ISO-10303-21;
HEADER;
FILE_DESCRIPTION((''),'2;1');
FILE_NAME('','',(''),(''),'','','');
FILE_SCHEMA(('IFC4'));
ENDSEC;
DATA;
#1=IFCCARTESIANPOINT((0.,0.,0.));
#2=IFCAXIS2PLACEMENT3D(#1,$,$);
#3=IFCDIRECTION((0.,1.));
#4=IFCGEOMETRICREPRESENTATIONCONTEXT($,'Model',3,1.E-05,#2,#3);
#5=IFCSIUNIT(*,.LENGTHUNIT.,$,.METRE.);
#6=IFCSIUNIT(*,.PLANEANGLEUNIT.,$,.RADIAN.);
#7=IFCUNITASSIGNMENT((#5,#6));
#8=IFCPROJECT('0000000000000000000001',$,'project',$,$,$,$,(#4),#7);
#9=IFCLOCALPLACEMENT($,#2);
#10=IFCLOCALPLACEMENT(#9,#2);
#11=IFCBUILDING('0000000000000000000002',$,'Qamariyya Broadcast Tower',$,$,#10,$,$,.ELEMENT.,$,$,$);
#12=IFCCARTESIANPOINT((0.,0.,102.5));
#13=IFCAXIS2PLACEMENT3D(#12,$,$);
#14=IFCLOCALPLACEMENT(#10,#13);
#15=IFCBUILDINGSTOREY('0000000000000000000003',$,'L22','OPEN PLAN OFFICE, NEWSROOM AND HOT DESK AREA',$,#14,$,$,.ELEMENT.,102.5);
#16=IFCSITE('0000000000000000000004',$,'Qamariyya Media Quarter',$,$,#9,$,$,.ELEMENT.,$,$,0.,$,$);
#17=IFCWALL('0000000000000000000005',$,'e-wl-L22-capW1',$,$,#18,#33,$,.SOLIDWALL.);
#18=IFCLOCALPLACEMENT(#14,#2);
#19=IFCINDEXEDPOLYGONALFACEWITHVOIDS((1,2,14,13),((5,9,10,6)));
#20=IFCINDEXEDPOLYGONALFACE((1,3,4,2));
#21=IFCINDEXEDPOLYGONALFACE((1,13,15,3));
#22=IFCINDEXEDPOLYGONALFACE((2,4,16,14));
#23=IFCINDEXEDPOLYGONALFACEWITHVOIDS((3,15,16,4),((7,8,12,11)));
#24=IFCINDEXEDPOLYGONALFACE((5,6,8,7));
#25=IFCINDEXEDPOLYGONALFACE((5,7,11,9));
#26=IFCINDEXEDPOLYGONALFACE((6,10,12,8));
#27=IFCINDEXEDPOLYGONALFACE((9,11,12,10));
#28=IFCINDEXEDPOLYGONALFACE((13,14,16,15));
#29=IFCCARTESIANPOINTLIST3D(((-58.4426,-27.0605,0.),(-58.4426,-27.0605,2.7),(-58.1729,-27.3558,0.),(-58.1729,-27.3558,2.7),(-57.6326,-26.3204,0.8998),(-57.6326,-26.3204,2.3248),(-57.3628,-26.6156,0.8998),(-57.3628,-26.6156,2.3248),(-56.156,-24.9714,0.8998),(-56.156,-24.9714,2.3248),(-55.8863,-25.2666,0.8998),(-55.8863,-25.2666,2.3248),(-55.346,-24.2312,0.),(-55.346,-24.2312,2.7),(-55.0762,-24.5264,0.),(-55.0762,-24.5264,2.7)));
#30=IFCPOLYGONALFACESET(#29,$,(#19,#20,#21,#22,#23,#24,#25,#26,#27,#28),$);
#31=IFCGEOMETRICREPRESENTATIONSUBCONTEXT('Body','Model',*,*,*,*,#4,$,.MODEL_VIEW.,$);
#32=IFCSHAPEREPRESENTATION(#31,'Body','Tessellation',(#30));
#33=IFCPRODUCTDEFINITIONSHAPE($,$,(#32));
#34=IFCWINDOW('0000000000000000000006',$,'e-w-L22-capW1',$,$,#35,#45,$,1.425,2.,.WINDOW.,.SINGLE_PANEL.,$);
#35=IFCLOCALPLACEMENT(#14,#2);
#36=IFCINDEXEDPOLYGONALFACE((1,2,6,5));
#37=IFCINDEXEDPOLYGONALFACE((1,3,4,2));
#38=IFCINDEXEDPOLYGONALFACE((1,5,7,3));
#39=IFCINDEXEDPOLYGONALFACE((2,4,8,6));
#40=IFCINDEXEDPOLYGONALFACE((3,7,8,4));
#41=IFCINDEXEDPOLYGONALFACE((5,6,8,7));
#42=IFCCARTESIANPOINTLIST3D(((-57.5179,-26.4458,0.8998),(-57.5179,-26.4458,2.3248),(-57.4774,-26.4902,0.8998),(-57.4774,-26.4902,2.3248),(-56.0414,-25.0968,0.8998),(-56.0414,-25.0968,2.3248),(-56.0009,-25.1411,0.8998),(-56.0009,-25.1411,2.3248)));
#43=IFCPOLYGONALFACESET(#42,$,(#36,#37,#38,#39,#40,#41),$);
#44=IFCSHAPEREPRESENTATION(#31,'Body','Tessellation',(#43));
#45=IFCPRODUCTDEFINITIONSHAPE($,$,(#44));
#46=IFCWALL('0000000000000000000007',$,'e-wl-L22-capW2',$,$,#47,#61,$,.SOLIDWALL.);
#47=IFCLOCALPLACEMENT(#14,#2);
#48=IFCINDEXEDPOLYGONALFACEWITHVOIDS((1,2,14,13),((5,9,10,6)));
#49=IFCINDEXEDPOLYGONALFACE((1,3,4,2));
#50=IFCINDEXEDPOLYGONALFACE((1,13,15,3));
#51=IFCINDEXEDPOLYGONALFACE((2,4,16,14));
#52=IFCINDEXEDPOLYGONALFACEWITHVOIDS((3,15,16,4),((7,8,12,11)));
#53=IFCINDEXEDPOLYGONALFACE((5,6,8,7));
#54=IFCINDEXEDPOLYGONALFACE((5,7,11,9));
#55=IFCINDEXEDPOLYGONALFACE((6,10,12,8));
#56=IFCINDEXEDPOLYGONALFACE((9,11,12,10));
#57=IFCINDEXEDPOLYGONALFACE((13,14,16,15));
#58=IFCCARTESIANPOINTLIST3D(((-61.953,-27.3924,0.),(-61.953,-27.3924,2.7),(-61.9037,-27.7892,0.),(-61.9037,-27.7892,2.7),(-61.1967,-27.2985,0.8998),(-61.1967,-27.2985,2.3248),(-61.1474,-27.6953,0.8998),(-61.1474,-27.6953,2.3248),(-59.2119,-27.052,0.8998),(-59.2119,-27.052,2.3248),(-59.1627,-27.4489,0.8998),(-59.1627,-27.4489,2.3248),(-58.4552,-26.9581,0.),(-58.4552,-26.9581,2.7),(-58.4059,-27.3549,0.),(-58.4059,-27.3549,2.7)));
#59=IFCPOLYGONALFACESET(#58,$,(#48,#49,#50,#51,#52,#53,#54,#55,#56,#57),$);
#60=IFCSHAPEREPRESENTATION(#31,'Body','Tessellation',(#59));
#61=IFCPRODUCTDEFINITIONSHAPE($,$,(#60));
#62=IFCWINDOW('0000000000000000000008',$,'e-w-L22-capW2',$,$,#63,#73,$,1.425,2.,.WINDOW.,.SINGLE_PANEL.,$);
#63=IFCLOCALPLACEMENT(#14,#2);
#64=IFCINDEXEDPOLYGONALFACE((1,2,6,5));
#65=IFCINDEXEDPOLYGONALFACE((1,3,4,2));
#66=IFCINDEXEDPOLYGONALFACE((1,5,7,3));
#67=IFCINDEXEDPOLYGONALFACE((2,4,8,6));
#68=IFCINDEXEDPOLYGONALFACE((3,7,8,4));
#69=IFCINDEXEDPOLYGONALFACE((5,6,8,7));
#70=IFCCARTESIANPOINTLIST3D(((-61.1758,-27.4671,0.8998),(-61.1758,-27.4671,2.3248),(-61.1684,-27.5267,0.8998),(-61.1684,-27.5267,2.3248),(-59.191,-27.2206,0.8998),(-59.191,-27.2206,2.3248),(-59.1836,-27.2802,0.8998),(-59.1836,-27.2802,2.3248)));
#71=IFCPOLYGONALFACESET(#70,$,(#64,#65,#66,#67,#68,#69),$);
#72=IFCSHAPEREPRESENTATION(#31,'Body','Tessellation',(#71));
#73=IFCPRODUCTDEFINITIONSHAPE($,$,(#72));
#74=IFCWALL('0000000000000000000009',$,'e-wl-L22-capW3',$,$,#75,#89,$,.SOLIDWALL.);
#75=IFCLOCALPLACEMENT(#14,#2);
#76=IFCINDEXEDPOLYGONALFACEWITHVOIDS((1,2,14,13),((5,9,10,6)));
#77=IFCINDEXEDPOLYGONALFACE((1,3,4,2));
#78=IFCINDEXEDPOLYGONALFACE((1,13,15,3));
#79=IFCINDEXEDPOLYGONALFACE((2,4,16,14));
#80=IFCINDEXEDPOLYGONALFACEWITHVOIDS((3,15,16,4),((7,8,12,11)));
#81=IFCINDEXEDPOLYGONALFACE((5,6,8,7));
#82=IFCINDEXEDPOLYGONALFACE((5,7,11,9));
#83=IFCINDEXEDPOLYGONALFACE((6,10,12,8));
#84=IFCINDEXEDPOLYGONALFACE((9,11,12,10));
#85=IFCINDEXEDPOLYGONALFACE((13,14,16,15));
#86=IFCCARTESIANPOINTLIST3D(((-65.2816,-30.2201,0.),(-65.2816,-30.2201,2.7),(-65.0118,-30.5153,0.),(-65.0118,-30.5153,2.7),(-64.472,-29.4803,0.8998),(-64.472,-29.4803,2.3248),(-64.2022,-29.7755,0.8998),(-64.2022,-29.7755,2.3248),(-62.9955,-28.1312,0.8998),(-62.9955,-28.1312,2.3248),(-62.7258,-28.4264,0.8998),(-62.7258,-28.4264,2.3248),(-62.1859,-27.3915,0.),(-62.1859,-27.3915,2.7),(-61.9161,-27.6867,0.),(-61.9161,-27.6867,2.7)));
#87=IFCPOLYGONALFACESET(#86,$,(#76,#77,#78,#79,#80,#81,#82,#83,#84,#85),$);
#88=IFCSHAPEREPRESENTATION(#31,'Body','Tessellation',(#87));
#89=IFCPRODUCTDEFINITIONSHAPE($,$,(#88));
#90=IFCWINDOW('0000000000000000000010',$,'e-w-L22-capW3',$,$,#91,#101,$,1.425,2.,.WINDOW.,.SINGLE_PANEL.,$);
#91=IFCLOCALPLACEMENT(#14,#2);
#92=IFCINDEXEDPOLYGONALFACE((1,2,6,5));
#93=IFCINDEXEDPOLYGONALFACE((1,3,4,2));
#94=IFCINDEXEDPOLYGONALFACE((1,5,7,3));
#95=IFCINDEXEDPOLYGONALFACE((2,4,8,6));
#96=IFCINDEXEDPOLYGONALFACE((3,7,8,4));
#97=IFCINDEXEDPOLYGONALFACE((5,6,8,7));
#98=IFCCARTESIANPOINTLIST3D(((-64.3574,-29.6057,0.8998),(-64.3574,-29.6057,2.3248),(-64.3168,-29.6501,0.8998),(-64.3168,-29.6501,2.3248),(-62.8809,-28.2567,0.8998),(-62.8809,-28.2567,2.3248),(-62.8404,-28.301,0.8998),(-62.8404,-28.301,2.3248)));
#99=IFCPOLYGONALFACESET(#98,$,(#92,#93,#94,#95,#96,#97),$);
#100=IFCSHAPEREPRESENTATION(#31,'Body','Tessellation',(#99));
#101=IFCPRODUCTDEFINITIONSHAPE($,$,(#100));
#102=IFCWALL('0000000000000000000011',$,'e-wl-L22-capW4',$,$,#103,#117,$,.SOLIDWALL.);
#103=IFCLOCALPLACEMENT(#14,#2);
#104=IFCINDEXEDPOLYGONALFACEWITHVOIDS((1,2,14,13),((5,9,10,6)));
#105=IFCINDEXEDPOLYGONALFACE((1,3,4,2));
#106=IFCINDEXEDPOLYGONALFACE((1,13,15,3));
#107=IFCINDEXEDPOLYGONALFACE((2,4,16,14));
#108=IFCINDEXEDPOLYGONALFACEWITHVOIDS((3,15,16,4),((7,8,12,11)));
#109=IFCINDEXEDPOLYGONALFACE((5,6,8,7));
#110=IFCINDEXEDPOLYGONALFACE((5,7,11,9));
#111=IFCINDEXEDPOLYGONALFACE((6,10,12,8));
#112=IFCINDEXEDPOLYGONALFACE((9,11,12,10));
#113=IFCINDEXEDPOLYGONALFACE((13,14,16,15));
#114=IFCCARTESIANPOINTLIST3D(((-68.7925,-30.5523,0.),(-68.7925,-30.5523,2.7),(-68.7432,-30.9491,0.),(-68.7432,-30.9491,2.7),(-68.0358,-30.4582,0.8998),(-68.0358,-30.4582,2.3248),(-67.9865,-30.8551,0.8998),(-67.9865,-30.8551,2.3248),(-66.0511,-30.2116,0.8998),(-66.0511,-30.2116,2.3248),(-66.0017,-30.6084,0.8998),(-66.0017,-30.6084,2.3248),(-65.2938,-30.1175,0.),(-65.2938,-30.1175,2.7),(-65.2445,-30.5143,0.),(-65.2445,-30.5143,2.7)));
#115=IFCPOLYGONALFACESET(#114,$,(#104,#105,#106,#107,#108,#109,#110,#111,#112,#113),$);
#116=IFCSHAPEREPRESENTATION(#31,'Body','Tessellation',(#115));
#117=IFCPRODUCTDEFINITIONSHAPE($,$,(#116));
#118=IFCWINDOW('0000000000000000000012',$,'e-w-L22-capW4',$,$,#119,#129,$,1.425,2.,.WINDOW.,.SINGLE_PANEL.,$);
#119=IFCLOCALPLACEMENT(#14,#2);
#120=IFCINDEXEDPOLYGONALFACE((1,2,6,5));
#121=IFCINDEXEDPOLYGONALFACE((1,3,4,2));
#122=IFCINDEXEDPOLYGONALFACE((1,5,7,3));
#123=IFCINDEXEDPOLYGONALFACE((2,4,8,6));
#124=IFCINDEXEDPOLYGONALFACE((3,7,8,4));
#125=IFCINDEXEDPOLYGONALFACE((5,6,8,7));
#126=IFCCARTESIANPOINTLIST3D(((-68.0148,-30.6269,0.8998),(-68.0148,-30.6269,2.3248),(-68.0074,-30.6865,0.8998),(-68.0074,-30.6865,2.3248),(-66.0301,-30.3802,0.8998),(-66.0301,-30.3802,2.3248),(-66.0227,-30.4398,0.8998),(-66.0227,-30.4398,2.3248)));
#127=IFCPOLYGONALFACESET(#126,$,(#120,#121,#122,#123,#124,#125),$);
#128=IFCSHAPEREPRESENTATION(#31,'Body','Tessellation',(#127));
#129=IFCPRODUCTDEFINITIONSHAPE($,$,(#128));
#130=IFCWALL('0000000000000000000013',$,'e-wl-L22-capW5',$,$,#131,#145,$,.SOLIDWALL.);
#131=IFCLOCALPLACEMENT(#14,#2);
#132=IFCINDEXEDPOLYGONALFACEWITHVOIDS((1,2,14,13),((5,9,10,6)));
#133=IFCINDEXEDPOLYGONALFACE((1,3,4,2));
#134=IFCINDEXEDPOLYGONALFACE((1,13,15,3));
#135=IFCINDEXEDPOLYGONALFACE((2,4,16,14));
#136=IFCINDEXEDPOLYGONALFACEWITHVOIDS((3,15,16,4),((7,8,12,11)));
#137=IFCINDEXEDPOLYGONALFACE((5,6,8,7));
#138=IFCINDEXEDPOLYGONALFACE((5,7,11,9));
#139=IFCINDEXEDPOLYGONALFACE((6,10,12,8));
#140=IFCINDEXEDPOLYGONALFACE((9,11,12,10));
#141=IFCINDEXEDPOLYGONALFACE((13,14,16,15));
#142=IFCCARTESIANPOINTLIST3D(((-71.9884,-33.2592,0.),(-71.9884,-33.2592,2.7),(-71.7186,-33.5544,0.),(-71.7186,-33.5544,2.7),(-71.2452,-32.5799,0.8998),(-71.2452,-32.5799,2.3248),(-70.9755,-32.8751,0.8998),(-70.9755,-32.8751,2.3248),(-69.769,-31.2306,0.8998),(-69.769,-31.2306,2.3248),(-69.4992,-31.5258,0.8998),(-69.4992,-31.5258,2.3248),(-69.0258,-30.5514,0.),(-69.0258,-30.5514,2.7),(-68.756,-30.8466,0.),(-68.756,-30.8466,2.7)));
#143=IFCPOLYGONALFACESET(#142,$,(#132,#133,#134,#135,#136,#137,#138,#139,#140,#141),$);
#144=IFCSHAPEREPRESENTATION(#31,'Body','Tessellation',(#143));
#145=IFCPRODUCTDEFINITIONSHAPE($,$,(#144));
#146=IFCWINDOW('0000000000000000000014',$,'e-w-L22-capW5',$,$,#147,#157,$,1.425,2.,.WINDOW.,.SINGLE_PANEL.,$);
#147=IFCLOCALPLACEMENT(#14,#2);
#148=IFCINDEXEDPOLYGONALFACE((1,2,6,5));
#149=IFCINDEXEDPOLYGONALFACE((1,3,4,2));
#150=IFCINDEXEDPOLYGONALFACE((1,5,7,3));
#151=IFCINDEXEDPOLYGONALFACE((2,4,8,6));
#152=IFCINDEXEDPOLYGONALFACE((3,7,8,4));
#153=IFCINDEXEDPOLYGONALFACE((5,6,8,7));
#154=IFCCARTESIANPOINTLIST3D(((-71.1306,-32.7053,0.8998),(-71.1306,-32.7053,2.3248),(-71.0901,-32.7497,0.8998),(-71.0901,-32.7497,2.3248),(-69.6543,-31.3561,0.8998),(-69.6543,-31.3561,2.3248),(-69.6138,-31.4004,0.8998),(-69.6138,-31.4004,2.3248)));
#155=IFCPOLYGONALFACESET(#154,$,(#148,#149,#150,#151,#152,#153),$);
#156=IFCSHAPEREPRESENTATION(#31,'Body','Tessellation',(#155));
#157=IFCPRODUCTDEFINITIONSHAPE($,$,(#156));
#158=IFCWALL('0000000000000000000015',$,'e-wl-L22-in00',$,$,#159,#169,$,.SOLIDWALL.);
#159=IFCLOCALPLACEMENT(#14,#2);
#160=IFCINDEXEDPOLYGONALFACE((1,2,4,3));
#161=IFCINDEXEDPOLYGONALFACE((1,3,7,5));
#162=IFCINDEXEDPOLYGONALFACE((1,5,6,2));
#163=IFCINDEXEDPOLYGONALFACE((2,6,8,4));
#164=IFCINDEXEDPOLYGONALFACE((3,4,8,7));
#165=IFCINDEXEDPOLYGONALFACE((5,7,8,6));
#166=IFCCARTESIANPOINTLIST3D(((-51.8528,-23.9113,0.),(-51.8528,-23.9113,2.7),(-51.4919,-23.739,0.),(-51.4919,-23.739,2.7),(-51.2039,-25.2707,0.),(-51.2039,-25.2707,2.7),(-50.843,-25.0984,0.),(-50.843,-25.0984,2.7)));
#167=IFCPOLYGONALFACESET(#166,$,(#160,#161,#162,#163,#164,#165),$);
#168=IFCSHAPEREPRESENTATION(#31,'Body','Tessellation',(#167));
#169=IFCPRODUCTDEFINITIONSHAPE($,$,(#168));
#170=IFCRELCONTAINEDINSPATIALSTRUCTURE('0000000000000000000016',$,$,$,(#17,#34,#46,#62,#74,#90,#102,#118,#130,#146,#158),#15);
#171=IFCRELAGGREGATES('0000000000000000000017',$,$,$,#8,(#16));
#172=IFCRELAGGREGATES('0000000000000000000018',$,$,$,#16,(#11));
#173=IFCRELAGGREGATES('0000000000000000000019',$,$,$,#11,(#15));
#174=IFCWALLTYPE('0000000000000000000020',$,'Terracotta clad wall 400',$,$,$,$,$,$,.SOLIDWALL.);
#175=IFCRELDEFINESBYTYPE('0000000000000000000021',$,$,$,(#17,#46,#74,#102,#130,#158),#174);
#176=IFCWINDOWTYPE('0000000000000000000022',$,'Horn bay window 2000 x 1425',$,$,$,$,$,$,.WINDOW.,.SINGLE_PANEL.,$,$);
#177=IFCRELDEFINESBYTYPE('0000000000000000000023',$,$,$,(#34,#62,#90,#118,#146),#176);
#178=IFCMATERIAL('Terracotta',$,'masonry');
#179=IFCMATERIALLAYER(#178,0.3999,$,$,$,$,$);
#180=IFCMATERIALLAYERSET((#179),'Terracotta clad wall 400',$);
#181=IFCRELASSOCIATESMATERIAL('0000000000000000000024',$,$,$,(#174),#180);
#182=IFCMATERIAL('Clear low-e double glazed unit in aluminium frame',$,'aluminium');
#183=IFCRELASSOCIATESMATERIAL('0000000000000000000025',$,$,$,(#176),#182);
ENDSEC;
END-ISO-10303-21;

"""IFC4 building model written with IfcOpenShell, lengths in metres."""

from ifc_helpers import new_model, si_unit, direction, frame, frame_2d, origin, place, context, subcontext, project, spatial, rectangle, extrude, material, layer, layer_set, type_object, element, fill, save


model = new_model("IFC4")

# Units and contexts
model_context = context("Model", 3, precision=1e-05, world=origin(), true_north=direction((0.0, 1.0)))
body_context = subcontext(model_context, "Body", "Model", "MODEL_VIEW")
ifc_project = project(units=[si_unit("LENGTHUNIT", "METRE"), si_unit("PLANEANGLEUNIT", "RADIAN")], contexts=[model_context])

# Site, building, storey
site_placement = place(None, origin())
site = spatial("IfcSite", under=ifc_project, at=site_placement, Name="Qamariyya Media Quarter", CompositionType="ELEMENT", RefElevation=0.0)
building_placement = place(site_placement, origin())
building = spatial("IfcBuilding", under=site, at=building_placement, Name="Qamariyya Broadcast Tower", CompositionType="ELEMENT")
storey_placement = place(building_placement, frame((0.0, 0.0, 102.5)))
storey = spatial("IfcBuildingStorey", under=building, at=storey_placement, Name="L22", Description="OPEN PLAN OFFICE, NEWSROOM AND HOT DESK AREA", CompositionType="ELEMENT", Elevation=102.5)

# Walls, openings, windows
ifc_material_1 = material(Name="Terracotta", Category="masonry")
ifc_layer = layer(ifc_material_1, 0.3999)
ifc_layer_set = layer_set([ifc_layer], Name="Terracotta clad wall 400")
wall_type = type_object("IfcWallType", Name="Terracotta clad wall 400", PredefinedType="SOLIDWALL", material=ifc_layer_set)
ifc_material_2 = material(Name="Clear low-e double glazed unit in aluminium frame", Category="aluminium")
window_type_1 = type_object("IfcWindowType", Name="Horn bay window 2000 x 1425", PartitioningType="SINGLE_PANEL", PredefinedType="WINDOW", material=ifc_material_2)
wall_1_placement = place(storey_placement, frame((-55.2112, -24.3789, 0.0), z_axis=(0.0, 0.0, 1.0), x_axis=(-0.738255, -0.674522, 0.0)))
wall_1 = element("IfcWall", 1, at=wall_1_placement, inside=storey, type_object=wall_type, Name="e-wl-L22-capW1", PredefinedType="SOLIDWALL", context=body_context, shape_type="SweptSolid", body=[
    extrude(rectangle(XDim=4.1946, YDim=0.3999, at=frame_2d((2.0972, 0.0))), origin(), (0.0, 0.0, 1.0), 2.7),
])
opening_1_placement = place(wall_1_placement, frame((1.0972, 0.0, 0.8999)))
opening_1 = element("IfcOpeningElement", 2, at=opening_1_placement, cuts=wall_1, PredefinedType="OPENING", context=body_context, shape_type="SweptSolid", body=[
    extrude(rectangle(XDim=2.0, YDim=1.425, at=frame_2d((1.0, 0.7124))), frame((0.0, 0.21, 0.0), z_axis=(0.0, -1.0, 0.0), x_axis=(1.0, 0.0, 0.0)), (0.0, 0.0, 1.0), 0.4199),
])
window_1_placement = place(opening_1_placement, origin())
window_1 = element("IfcWindow", 3, at=window_1_placement, inside=storey, type_object=window_type_1, Name="e-w-L22-capW1", OverallHeight=1.425, OverallWidth=2.0, PartitioningType="SINGLE_PANEL", PredefinedType="WINDOW", context=body_context, shape_type="SweptSolid", body=[
    extrude(rectangle(XDim=2.0, YDim=1.425, at=frame_2d((1.0, 0.7124))), frame((0.0, 0.03, 0.0), z_axis=(0.0, -1.0, 0.0), x_axis=(1.0, 0.0, 0.0)), (0.0, 0.0, 1.0), 0.0601),
])
fill(opening_1, window_1)
wall_2_placement = place(storey_placement, frame((-58.4307, -27.1565, 0.0), z_axis=(0.0, 0.0, 1.0), x_axis=(-0.992379, -0.123225, 0.0)))
wall_2 = element("IfcWall", 4, at=wall_2_placement, inside=storey, type_object=wall_type, Name="e-wl-L22-capW2", PredefinedType="SOLIDWALL", context=body_context, shape_type="SweptSolid", body=[
    extrude(rectangle(XDim=3.5247, YDim=0.3999, at=frame_2d((1.7622, 0.0))), origin(), (0.0, 0.0, 1.0), 2.7),
])
opening_2_placement = place(wall_2_placement, frame((0.7625, 0.0, 0.8999)))
opening_2 = element("IfcOpeningElement", 5, at=opening_2_placement, cuts=wall_2, PredefinedType="OPENING", context=body_context, shape_type="SweptSolid", body=[
    extrude(rectangle(XDim=2.0, YDim=1.425, at=frame_2d((1.0, 0.7124))), frame((0.0, 0.21, 0.0), z_axis=(0.0, -1.0, 0.0), x_axis=(1.0, 0.0, 0.0)), (0.0, 0.0, 1.0), 0.4199),
])
window_2_placement = place(opening_2_placement, origin())
window_2 = element("IfcWindow", 6, at=window_2_placement, inside=storey, type_object=window_type_1, Name="e-w-L22-capW2", OverallHeight=1.425, OverallWidth=2.0, PartitioningType="SINGLE_PANEL", PredefinedType="WINDOW", context=body_context, shape_type="SweptSolid", body=[
    extrude(rectangle(XDim=2.0, YDim=1.425, at=frame_2d((1.0, 0.7124))), frame((0.0, 0.03, 0.0), z_axis=(0.0, -1.0, 0.0), x_axis=(1.0, 0.0, 0.0)), (0.0, 0.0, 1.0), 0.0601),
])
fill(opening_2, window_2)
wall_3_placement = place(storey_placement, frame((-62.051, -27.5391, 0.0), z_axis=(0.0, 0.0, 1.0), x_axis=(-0.738236, -0.674543, 0.0)))
wall_3 = element("IfcWall", 7, at=wall_3_placement, inside=storey, type_object=wall_type, Name="e-wl-L22-capW3", PredefinedType="SOLIDWALL", context=body_context, shape_type="SweptSolid", body=[
    extrude(rectangle(XDim=4.1934, YDim=0.3999, at=frame_2d((2.0967, 0.0))), origin(), (0.0, 0.0, 1.0), 2.7),
])
opening_3_placement = place(wall_3_placement, frame((1.0967, 0.0, 0.8999)))
opening_3 = element("IfcOpeningElement", 8, at=opening_3_placement, cuts=wall_3, PredefinedType="OPENING", context=body_context, shape_type="SweptSolid", body=[
    extrude(rectangle(XDim=2.0, YDim=1.425, at=frame_2d((1.0, 0.7124))), frame((0.0, 0.21, 0.0), z_axis=(0.0, -1.0, 0.0), x_axis=(1.0, 0.0, 0.0)), (0.0, 0.0, 1.0), 0.4199),
])
window_3_placement = place(opening_3_placement, origin())
window_3 = element("IfcWindow", 9, at=window_3_placement, inside=storey, type_object=window_type_1, Name="e-w-L22-capW3", OverallHeight=1.425, OverallWidth=2.0, PartitioningType="SINGLE_PANEL", PredefinedType="WINDOW", context=body_context, shape_type="SweptSolid", body=[
    extrude(rectangle(XDim=2.0, YDim=1.425, at=frame_2d((1.0, 0.7124))), frame((0.0, 0.03, 0.0), z_axis=(0.0, -1.0, 0.0), x_axis=(1.0, 0.0, 0.0)), (0.0, 0.0, 1.0), 0.0601),
])
fill(opening_3, window_3)
wall_4_placement = place(storey_placement, frame((-65.2693, -30.3159, 0.0), z_axis=(0.0, 0.0, 1.0), x_axis=(-0.992366, -0.123327, 0.0)))
wall_4 = element("IfcWall", 10, at=wall_4_placement, inside=storey, type_object=wall_type, Name="e-wl-L22-capW4", PredefinedType="SOLIDWALL", context=body_context, shape_type="SweptSolid", body=[
    extrude(rectangle(XDim=3.5256, YDim=0.3999, at=frame_2d((1.7627, 0.0))), origin(), (0.0, 0.0, 1.0), 2.7),
])
opening_4_placement = place(wall_4_placement, frame((0.7629, 0.0, 0.8999)))
opening_4 = element("IfcOpeningElement", 11, at=opening_4_placement, cuts=wall_4, PredefinedType="OPENING", context=body_context, shape_type="SweptSolid", body=[
    extrude(rectangle(XDim=2.0, YDim=1.425, at=frame_2d((1.0, 0.7124))), frame((0.0, 0.21, 0.0), z_axis=(0.0, -1.0, 0.0), x_axis=(1.0, 0.0, 0.0)), (0.0, 0.0, 1.0), 0.4199),
])
window_4_placement = place(opening_4_placement, origin())
window_4 = element("IfcWindow", 12, at=window_4_placement, inside=storey, type_object=window_type_1, Name="e-w-L22-capW4", OverallHeight=1.425, OverallWidth=2.0, PartitioningType="SINGLE_PANEL", PredefinedType="WINDOW", context=body_context, shape_type="SweptSolid", body=[
    extrude(rectangle(XDim=2.0, YDim=1.425, at=frame_2d((1.0, 0.7124))), frame((0.0, 0.03, 0.0), z_axis=(0.0, -1.0, 0.0), x_axis=(1.0, 0.0, 0.0)), (0.0, 0.0, 1.0), 0.0601),
])
fill(opening_4, window_4)
wall_5_placement = place(storey_placement, frame((-68.8909, -30.699, 0.0), z_axis=(0.0, 0.0, 1.0), x_axis=(-0.738146, -0.674641, 0.0)))
wall_5 = element("IfcWall", 13, at=wall_5_placement, inside=storey, type_object=wall_type, Name="e-wl-L22-capW5", PredefinedType="SOLIDWALL", context=body_context, shape_type="SweptSolid", body=[
    extrude(rectangle(XDim=4.0137, YDim=0.3999, at=frame_2d((2.0068, 0.0))), origin(), (0.0, 0.0, 1.0), 2.7),
])
opening_5_placement = place(wall_5_placement, frame((1.0068, 0.0, 0.8999)))
opening_5 = element("IfcOpeningElement", 14, at=opening_5_placement, cuts=wall_5, PredefinedType="OPENING", context=body_context, shape_type="SweptSolid", body=[
    extrude(rectangle(XDim=2.0, YDim=1.425, at=frame_2d((1.0, 0.7124))), frame((0.0, 0.21, 0.0), z_axis=(0.0, -1.0, 0.0), x_axis=(1.0, 0.0, 0.0)), (0.0, 0.0, 1.0), 0.4199),
])
window_5_placement = place(opening_5_placement, origin())
window_5 = element("IfcWindow", 15, at=window_5_placement, inside=storey, type_object=window_type_1, Name="e-w-L22-capW5", OverallHeight=1.425, OverallWidth=2.0, PartitioningType="SINGLE_PANEL", PredefinedType="WINDOW", context=body_context, shape_type="SweptSolid", body=[
    extrude(rectangle(XDim=2.0, YDim=1.425, at=frame_2d((1.0, 0.7124))), frame((0.0, 0.03, 0.0), z_axis=(0.0, -1.0, 0.0), x_axis=(1.0, 0.0, 0.0)), (0.0, 0.0, 1.0), 0.0601),
])
fill(opening_5, window_5)

# Wall
wall_6_placement = place(storey_placement, frame((-51.0234, -25.1846, 0.0), z_axis=(0.0, 0.0, 1.0), x_axis=(-0.430802, 0.902447, 0.0)))
element("IfcWall", 16, at=wall_6_placement, inside=storey, type_object=wall_type, Name="e-wl-L22-in00", PredefinedType="SOLIDWALL", context=body_context, shape_type="SweptSolid", body=[
    extrude(rectangle(XDim=1.5063, YDim=0.3999, at=frame_2d((0.7532, 0.0))), origin(), (0.0, 0.0, 1.0), 2.7),
])

save(model, "model.ifc")
